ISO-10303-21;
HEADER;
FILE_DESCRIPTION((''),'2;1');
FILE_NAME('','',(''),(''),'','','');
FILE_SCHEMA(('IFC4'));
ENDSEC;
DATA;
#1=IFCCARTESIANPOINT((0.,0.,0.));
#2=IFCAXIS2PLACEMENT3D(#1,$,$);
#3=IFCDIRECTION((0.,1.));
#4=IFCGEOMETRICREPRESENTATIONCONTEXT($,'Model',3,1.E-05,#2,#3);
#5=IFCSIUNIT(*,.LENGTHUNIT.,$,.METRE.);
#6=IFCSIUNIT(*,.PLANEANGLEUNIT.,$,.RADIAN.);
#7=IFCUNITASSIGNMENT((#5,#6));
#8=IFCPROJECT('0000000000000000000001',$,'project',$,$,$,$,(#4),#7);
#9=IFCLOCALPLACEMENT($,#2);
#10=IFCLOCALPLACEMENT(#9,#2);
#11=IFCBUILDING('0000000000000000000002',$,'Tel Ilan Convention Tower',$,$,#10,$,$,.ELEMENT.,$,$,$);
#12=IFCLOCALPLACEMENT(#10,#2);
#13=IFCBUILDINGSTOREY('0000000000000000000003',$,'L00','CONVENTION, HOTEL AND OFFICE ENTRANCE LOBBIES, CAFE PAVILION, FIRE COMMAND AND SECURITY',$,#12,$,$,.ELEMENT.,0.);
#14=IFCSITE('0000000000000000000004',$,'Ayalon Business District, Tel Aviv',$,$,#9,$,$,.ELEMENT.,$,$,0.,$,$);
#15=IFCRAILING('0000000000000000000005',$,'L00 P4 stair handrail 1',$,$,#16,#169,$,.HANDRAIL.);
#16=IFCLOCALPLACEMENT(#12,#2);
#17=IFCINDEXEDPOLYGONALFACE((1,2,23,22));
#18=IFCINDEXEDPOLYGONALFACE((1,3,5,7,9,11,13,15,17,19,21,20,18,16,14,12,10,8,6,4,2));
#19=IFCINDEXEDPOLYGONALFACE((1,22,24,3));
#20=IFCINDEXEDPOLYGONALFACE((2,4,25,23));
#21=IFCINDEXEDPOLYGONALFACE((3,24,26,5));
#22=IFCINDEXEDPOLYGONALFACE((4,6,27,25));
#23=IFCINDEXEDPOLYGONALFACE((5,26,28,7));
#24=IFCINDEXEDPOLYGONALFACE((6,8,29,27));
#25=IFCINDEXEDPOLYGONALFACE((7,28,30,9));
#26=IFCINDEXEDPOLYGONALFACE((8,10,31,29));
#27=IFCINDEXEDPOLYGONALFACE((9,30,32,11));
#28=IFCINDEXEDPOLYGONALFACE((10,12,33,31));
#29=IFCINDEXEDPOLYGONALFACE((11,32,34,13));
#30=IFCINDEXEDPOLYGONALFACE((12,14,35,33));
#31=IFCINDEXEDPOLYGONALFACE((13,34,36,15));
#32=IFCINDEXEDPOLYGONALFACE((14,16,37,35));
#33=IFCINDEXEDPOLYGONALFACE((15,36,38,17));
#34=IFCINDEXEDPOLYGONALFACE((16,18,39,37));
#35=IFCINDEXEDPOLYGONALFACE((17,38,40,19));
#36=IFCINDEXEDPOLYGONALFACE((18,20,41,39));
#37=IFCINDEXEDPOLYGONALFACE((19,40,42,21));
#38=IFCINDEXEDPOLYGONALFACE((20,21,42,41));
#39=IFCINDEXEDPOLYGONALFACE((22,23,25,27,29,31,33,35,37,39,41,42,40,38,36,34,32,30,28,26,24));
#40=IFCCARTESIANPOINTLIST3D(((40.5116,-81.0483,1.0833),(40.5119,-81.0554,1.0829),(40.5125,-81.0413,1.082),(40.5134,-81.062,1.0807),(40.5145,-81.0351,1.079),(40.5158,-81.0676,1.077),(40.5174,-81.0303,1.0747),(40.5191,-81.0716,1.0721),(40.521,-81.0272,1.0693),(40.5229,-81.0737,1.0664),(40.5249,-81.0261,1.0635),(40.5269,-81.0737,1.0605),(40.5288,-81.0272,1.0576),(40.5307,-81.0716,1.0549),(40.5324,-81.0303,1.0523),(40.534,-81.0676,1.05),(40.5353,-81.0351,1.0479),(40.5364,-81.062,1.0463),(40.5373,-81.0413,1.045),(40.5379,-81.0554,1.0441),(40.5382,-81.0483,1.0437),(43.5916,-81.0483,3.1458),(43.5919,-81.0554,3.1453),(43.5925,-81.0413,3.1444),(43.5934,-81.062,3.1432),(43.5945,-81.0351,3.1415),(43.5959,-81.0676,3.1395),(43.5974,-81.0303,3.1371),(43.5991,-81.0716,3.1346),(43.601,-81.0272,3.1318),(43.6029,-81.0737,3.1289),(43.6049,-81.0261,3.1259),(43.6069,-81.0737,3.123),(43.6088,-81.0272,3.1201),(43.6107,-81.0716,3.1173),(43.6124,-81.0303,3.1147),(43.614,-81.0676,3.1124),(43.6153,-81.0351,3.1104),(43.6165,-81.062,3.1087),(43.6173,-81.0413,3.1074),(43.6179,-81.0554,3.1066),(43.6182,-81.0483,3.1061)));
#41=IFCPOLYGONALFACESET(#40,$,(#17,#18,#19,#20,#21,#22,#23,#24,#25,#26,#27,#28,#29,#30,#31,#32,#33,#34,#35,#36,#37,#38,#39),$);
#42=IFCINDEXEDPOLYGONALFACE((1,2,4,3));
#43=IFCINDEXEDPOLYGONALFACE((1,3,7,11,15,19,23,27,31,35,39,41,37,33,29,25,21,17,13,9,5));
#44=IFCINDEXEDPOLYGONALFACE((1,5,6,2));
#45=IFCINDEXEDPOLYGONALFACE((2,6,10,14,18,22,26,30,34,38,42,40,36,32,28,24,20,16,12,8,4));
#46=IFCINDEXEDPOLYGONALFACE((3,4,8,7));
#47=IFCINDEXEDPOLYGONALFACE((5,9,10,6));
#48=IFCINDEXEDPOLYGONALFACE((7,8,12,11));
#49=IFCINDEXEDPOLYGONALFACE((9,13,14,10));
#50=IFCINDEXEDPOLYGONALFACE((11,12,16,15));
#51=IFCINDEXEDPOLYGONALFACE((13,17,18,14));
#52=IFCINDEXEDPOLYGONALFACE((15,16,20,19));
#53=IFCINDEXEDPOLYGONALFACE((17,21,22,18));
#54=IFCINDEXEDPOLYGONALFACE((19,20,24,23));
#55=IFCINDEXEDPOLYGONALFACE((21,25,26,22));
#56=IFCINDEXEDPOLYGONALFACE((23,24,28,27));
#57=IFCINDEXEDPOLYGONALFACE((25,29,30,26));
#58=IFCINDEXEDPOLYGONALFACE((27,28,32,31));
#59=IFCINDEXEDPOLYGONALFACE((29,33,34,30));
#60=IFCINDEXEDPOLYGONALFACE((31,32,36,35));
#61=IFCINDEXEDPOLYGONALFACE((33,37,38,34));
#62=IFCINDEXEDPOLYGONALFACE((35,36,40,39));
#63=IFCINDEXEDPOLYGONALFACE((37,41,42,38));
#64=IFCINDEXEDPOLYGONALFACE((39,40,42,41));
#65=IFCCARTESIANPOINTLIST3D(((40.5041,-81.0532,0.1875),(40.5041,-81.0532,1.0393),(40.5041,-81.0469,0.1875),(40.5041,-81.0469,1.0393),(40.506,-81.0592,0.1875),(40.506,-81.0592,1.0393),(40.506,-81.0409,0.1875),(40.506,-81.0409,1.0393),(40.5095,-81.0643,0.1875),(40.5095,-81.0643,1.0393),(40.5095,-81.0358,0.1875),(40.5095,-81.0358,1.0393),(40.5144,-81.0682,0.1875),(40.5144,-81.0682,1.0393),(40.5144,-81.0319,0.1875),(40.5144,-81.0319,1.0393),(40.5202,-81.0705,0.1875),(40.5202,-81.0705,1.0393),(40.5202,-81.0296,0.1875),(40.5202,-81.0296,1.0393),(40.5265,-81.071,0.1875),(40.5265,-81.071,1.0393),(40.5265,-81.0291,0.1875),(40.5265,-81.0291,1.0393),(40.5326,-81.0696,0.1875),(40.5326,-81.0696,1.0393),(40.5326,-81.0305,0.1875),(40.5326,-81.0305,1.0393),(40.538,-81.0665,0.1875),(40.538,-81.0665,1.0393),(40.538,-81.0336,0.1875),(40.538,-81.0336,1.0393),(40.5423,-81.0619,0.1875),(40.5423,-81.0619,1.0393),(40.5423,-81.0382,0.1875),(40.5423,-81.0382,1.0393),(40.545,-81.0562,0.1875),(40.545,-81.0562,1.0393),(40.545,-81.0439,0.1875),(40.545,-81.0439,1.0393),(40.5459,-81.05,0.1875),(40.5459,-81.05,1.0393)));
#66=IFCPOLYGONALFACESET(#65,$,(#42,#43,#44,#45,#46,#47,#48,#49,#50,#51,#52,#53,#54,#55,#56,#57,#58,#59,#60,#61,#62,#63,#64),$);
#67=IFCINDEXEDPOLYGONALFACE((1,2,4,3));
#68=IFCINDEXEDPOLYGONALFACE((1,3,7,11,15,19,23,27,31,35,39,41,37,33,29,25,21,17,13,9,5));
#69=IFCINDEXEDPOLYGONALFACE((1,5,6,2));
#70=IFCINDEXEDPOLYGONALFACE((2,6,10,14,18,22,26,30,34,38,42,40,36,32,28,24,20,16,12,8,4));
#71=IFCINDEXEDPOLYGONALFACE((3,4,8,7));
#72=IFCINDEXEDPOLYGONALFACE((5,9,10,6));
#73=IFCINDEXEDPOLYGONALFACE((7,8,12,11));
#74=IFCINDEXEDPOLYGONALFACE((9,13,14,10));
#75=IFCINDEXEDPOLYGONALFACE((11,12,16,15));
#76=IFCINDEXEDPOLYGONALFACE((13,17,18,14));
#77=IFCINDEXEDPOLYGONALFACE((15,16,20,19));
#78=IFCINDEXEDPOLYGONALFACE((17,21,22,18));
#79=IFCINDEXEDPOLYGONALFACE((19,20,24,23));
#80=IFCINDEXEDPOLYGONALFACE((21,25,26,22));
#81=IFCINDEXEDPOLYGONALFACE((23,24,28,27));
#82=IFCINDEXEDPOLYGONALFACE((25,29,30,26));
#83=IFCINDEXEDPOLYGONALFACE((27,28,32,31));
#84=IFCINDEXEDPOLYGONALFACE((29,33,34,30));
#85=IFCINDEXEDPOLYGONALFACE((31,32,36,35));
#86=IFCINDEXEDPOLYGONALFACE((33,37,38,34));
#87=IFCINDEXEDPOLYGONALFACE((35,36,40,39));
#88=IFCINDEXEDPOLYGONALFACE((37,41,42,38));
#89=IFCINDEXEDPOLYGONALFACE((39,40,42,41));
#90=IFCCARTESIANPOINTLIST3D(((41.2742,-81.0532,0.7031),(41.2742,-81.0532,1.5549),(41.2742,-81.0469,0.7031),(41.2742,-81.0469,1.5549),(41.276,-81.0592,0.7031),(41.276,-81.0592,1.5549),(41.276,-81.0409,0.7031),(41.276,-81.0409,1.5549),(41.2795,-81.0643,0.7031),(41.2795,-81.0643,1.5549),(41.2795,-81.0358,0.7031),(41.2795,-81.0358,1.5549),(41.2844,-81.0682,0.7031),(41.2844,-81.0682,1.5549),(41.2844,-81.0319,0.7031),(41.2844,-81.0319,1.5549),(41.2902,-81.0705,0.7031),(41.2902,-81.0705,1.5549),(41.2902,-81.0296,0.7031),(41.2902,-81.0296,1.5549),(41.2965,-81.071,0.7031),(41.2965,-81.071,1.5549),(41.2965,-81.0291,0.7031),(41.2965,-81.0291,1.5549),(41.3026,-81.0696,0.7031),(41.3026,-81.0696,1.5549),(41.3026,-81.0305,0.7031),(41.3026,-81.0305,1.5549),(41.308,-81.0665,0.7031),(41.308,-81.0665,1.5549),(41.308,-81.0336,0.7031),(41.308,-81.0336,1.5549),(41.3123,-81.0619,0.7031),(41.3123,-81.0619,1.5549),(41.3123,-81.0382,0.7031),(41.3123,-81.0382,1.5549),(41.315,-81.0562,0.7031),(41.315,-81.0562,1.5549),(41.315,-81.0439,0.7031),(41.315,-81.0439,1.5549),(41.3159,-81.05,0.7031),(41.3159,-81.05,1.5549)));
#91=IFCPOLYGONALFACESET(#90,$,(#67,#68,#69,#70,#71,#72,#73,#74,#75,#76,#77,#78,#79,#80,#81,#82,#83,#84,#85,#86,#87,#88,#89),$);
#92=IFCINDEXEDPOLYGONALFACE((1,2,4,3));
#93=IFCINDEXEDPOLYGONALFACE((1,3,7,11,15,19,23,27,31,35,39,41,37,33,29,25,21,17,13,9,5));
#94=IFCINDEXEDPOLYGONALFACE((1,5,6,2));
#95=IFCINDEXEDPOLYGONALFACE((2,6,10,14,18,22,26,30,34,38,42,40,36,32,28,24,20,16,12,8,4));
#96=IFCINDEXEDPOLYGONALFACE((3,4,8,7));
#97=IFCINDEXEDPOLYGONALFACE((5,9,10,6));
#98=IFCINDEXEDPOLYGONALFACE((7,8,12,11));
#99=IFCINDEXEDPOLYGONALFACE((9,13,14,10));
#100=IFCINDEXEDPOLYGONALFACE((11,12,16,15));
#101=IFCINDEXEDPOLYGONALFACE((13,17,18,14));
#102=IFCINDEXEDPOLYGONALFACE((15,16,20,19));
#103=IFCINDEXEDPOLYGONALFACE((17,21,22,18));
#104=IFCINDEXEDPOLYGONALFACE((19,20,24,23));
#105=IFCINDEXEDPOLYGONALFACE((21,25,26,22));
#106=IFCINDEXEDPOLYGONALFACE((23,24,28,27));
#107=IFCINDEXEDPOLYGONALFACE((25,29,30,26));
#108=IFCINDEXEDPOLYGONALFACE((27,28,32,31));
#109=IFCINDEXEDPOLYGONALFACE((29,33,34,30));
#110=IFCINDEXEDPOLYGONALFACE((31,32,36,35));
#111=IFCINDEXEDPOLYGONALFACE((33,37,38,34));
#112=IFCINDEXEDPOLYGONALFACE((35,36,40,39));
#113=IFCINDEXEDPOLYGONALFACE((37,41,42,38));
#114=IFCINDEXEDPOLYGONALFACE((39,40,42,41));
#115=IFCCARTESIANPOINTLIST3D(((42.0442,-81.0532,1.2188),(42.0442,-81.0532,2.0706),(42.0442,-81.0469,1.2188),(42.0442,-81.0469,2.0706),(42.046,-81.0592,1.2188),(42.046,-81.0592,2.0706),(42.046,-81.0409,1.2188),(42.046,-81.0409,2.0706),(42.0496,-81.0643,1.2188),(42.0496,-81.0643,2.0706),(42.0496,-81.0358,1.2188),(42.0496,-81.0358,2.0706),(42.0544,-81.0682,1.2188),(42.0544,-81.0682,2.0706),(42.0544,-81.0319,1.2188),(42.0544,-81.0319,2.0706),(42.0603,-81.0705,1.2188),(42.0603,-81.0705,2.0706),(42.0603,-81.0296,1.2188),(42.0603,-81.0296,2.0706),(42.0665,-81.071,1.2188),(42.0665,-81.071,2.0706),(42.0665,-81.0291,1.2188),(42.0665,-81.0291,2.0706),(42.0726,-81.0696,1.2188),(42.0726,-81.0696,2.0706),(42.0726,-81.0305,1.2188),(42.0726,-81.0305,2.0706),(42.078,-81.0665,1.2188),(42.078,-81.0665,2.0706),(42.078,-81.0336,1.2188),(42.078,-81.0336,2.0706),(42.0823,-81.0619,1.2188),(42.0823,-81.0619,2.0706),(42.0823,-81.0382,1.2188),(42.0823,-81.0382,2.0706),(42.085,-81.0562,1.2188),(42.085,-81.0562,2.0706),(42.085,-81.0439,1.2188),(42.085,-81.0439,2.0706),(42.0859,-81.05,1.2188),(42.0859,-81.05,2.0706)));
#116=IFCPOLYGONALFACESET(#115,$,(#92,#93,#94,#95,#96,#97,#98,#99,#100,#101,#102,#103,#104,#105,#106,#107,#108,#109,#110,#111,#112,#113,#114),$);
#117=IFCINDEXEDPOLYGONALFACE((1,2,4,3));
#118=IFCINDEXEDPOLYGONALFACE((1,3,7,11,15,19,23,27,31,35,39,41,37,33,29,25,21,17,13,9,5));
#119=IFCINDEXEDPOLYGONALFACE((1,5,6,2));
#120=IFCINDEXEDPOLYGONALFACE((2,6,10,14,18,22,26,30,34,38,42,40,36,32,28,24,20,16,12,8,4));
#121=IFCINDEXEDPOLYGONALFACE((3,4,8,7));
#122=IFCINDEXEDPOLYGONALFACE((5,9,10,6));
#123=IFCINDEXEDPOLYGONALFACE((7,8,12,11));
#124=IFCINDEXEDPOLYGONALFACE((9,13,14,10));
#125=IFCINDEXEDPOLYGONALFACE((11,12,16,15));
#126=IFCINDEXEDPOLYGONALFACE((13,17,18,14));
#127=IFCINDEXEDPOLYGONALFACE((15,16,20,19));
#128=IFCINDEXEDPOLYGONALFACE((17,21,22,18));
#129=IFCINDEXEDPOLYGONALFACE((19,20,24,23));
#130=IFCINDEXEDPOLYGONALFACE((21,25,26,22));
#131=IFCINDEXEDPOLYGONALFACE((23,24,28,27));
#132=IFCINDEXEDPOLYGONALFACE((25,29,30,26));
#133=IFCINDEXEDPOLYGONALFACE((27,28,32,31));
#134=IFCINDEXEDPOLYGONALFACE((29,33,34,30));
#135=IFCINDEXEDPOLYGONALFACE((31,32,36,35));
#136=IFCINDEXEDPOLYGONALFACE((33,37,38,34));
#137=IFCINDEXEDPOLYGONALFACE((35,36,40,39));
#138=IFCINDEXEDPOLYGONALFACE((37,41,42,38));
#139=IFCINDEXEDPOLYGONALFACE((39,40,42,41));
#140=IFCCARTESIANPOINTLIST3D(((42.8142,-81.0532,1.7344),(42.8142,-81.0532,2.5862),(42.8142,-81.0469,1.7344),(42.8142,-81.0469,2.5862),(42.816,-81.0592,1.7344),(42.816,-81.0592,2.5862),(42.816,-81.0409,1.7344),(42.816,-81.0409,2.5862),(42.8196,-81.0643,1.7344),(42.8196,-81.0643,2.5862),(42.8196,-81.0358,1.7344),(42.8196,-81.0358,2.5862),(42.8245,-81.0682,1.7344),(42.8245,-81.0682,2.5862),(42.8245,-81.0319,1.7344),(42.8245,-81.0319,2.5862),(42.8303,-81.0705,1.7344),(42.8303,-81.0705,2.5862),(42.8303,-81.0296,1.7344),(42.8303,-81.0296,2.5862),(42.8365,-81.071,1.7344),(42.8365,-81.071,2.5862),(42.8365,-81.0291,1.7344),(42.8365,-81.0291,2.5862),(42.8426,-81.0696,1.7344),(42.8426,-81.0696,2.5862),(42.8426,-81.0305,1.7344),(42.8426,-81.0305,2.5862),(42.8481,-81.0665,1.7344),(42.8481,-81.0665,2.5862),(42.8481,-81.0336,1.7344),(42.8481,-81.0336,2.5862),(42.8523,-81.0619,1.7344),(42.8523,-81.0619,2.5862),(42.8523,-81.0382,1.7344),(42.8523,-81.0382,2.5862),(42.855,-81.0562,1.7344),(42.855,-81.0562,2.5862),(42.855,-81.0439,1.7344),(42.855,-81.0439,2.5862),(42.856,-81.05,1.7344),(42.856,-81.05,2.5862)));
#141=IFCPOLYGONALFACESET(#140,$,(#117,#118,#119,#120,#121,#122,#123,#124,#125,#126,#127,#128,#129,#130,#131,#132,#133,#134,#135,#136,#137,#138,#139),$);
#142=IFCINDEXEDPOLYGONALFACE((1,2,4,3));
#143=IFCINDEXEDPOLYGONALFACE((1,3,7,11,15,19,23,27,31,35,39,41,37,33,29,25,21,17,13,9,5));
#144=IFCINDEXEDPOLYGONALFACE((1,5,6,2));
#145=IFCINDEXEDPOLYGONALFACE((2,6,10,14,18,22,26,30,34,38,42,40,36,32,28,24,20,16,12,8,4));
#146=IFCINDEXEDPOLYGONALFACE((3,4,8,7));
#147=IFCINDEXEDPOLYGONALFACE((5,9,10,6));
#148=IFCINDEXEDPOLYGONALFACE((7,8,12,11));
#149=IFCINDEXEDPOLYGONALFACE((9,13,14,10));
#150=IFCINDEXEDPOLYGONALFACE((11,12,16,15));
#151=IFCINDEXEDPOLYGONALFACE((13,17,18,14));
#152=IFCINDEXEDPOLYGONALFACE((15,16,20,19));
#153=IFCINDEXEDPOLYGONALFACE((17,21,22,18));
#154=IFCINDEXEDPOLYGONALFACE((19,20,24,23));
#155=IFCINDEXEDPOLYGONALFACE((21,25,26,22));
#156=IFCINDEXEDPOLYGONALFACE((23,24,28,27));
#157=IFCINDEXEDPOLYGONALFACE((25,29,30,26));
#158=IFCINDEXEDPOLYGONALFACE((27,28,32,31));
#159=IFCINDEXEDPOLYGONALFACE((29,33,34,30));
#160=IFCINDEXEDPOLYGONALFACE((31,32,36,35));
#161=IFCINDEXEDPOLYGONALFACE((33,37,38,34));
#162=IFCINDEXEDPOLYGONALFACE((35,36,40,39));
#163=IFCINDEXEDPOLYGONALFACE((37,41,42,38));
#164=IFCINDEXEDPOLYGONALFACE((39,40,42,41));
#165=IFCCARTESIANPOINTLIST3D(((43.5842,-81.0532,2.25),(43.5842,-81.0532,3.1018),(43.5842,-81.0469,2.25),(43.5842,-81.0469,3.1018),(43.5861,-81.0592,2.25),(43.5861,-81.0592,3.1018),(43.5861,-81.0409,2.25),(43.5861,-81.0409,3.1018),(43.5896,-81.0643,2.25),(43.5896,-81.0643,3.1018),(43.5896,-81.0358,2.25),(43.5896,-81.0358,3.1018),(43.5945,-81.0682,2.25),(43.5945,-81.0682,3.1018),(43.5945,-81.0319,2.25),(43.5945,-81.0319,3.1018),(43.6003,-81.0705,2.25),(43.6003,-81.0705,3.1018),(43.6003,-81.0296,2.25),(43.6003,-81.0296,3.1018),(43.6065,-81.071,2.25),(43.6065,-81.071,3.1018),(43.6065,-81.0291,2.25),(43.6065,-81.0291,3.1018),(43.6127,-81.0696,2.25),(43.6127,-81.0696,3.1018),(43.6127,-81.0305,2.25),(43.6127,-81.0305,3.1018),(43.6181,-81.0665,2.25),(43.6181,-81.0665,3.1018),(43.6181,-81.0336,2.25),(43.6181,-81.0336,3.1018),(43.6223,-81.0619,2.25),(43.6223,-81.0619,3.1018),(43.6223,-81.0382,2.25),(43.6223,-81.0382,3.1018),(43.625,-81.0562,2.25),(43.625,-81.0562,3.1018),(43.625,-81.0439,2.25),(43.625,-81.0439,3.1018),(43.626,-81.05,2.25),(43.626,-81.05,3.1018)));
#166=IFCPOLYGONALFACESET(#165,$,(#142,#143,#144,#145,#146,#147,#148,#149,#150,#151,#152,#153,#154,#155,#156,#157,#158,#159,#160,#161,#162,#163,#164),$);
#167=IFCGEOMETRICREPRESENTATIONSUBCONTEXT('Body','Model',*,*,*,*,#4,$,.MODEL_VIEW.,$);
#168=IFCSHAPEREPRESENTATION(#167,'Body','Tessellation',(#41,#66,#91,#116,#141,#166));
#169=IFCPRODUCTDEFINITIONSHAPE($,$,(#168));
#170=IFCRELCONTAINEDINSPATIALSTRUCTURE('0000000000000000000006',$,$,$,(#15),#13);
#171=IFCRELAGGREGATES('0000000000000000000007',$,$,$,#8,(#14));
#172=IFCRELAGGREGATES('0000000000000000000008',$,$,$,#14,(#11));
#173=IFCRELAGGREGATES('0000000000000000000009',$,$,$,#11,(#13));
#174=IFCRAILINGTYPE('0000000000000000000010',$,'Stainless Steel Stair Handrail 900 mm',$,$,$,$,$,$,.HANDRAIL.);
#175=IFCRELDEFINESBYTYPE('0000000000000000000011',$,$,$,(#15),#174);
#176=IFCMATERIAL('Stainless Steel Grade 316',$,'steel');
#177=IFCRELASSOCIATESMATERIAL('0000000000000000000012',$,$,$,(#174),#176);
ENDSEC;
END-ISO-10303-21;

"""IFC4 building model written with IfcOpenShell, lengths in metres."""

from ifc_helpers import new_model, si_unit, direction, frame, origin, origin_2d, place, context, subcontext, project, spatial, circle, extrude, material, type_object, element, save


model = new_model("IFC4")

# Units and contexts
model_context = context("Model", 3, precision=1e-05, world=origin(), true_north=direction((0.0, 1.0)))
body_context = subcontext(model_context, "Body", "Model", "MODEL_VIEW")
ifc_project = project(units=[si_unit("LENGTHUNIT", "METRE"), si_unit("PLANEANGLEUNIT", "RADIAN")], contexts=[model_context])

# Site, building, storey
site_placement = place(None, origin())
site = spatial("IfcSite", under=ifc_project, at=site_placement, Name="Ayalon Business District, Tel Aviv", CompositionType="ELEMENT", RefElevation=0.0)
building_placement = place(site_placement, origin())
building = spatial("IfcBuilding", under=site, at=building_placement, Name="Tel Ilan Convention Tower", CompositionType="ELEMENT")
storey_placement = place(building_placement, origin())
storey = spatial("IfcBuildingStorey", under=building, at=storey_placement, Name="L00", Description="CONVENTION, HOTEL AND OFFICE ENTRANCE LOBBIES, CAFE PAVILION, FIRE COMMAND AND SECURITY", CompositionType="ELEMENT", Elevation=0.0)

# Railing
ifc_material_1 = material(Name="Stainless Steel Grade 316", Category="steel")
railing_type_1 = type_object("IfcRailingType", Name="Stainless Steel Stair Handrail 900 mm", PredefinedType="HANDRAIL", material=ifc_material_1)
railing_1_placement = place(storey_placement, frame((40.5249, -81.05, 0.1875)))
element("IfcRailing", 1, at=railing_1_placement, inside=storey, type_object=railing_type_1, Name="L00 P4 stair handrail 1", PredefinedType="HANDRAIL", context=body_context, shape_type="SweptSolid", body=[
    extrude(circle(Radius=0.0239, at=origin_2d()), frame((0.0, 0.0, 0.876), z_axis=(0.830914, 0.0, 0.556401), x_axis=(0.0, 1.0, 0.0)), (0.0, 0.0, 1.0), 3.7068),
    extrude(circle(Radius=0.021, at=origin_2d()), origin(), (0.0, 0.0, 1.0), 0.8518),
    extrude(circle(Radius=0.021, at=origin_2d()), frame((0.77, 0.0, 0.5156)), (0.0, 0.0, 1.0), 0.8518),
    extrude(circle(Radius=0.021, at=origin_2d()), frame((1.54, 0.0, 1.0312)), (0.0, 0.0, 1.0), 0.8518),
    extrude(circle(Radius=0.021, at=origin_2d()), frame((2.3101, 0.0, 1.5469)), (0.0, 0.0, 1.0), 0.8518),
    extrude(circle(Radius=0.021, at=origin_2d()), frame((3.0801, 0.0, 2.0625)), (0.0, 0.0, 1.0), 0.8518),
])

save(model, "model.ifc")
